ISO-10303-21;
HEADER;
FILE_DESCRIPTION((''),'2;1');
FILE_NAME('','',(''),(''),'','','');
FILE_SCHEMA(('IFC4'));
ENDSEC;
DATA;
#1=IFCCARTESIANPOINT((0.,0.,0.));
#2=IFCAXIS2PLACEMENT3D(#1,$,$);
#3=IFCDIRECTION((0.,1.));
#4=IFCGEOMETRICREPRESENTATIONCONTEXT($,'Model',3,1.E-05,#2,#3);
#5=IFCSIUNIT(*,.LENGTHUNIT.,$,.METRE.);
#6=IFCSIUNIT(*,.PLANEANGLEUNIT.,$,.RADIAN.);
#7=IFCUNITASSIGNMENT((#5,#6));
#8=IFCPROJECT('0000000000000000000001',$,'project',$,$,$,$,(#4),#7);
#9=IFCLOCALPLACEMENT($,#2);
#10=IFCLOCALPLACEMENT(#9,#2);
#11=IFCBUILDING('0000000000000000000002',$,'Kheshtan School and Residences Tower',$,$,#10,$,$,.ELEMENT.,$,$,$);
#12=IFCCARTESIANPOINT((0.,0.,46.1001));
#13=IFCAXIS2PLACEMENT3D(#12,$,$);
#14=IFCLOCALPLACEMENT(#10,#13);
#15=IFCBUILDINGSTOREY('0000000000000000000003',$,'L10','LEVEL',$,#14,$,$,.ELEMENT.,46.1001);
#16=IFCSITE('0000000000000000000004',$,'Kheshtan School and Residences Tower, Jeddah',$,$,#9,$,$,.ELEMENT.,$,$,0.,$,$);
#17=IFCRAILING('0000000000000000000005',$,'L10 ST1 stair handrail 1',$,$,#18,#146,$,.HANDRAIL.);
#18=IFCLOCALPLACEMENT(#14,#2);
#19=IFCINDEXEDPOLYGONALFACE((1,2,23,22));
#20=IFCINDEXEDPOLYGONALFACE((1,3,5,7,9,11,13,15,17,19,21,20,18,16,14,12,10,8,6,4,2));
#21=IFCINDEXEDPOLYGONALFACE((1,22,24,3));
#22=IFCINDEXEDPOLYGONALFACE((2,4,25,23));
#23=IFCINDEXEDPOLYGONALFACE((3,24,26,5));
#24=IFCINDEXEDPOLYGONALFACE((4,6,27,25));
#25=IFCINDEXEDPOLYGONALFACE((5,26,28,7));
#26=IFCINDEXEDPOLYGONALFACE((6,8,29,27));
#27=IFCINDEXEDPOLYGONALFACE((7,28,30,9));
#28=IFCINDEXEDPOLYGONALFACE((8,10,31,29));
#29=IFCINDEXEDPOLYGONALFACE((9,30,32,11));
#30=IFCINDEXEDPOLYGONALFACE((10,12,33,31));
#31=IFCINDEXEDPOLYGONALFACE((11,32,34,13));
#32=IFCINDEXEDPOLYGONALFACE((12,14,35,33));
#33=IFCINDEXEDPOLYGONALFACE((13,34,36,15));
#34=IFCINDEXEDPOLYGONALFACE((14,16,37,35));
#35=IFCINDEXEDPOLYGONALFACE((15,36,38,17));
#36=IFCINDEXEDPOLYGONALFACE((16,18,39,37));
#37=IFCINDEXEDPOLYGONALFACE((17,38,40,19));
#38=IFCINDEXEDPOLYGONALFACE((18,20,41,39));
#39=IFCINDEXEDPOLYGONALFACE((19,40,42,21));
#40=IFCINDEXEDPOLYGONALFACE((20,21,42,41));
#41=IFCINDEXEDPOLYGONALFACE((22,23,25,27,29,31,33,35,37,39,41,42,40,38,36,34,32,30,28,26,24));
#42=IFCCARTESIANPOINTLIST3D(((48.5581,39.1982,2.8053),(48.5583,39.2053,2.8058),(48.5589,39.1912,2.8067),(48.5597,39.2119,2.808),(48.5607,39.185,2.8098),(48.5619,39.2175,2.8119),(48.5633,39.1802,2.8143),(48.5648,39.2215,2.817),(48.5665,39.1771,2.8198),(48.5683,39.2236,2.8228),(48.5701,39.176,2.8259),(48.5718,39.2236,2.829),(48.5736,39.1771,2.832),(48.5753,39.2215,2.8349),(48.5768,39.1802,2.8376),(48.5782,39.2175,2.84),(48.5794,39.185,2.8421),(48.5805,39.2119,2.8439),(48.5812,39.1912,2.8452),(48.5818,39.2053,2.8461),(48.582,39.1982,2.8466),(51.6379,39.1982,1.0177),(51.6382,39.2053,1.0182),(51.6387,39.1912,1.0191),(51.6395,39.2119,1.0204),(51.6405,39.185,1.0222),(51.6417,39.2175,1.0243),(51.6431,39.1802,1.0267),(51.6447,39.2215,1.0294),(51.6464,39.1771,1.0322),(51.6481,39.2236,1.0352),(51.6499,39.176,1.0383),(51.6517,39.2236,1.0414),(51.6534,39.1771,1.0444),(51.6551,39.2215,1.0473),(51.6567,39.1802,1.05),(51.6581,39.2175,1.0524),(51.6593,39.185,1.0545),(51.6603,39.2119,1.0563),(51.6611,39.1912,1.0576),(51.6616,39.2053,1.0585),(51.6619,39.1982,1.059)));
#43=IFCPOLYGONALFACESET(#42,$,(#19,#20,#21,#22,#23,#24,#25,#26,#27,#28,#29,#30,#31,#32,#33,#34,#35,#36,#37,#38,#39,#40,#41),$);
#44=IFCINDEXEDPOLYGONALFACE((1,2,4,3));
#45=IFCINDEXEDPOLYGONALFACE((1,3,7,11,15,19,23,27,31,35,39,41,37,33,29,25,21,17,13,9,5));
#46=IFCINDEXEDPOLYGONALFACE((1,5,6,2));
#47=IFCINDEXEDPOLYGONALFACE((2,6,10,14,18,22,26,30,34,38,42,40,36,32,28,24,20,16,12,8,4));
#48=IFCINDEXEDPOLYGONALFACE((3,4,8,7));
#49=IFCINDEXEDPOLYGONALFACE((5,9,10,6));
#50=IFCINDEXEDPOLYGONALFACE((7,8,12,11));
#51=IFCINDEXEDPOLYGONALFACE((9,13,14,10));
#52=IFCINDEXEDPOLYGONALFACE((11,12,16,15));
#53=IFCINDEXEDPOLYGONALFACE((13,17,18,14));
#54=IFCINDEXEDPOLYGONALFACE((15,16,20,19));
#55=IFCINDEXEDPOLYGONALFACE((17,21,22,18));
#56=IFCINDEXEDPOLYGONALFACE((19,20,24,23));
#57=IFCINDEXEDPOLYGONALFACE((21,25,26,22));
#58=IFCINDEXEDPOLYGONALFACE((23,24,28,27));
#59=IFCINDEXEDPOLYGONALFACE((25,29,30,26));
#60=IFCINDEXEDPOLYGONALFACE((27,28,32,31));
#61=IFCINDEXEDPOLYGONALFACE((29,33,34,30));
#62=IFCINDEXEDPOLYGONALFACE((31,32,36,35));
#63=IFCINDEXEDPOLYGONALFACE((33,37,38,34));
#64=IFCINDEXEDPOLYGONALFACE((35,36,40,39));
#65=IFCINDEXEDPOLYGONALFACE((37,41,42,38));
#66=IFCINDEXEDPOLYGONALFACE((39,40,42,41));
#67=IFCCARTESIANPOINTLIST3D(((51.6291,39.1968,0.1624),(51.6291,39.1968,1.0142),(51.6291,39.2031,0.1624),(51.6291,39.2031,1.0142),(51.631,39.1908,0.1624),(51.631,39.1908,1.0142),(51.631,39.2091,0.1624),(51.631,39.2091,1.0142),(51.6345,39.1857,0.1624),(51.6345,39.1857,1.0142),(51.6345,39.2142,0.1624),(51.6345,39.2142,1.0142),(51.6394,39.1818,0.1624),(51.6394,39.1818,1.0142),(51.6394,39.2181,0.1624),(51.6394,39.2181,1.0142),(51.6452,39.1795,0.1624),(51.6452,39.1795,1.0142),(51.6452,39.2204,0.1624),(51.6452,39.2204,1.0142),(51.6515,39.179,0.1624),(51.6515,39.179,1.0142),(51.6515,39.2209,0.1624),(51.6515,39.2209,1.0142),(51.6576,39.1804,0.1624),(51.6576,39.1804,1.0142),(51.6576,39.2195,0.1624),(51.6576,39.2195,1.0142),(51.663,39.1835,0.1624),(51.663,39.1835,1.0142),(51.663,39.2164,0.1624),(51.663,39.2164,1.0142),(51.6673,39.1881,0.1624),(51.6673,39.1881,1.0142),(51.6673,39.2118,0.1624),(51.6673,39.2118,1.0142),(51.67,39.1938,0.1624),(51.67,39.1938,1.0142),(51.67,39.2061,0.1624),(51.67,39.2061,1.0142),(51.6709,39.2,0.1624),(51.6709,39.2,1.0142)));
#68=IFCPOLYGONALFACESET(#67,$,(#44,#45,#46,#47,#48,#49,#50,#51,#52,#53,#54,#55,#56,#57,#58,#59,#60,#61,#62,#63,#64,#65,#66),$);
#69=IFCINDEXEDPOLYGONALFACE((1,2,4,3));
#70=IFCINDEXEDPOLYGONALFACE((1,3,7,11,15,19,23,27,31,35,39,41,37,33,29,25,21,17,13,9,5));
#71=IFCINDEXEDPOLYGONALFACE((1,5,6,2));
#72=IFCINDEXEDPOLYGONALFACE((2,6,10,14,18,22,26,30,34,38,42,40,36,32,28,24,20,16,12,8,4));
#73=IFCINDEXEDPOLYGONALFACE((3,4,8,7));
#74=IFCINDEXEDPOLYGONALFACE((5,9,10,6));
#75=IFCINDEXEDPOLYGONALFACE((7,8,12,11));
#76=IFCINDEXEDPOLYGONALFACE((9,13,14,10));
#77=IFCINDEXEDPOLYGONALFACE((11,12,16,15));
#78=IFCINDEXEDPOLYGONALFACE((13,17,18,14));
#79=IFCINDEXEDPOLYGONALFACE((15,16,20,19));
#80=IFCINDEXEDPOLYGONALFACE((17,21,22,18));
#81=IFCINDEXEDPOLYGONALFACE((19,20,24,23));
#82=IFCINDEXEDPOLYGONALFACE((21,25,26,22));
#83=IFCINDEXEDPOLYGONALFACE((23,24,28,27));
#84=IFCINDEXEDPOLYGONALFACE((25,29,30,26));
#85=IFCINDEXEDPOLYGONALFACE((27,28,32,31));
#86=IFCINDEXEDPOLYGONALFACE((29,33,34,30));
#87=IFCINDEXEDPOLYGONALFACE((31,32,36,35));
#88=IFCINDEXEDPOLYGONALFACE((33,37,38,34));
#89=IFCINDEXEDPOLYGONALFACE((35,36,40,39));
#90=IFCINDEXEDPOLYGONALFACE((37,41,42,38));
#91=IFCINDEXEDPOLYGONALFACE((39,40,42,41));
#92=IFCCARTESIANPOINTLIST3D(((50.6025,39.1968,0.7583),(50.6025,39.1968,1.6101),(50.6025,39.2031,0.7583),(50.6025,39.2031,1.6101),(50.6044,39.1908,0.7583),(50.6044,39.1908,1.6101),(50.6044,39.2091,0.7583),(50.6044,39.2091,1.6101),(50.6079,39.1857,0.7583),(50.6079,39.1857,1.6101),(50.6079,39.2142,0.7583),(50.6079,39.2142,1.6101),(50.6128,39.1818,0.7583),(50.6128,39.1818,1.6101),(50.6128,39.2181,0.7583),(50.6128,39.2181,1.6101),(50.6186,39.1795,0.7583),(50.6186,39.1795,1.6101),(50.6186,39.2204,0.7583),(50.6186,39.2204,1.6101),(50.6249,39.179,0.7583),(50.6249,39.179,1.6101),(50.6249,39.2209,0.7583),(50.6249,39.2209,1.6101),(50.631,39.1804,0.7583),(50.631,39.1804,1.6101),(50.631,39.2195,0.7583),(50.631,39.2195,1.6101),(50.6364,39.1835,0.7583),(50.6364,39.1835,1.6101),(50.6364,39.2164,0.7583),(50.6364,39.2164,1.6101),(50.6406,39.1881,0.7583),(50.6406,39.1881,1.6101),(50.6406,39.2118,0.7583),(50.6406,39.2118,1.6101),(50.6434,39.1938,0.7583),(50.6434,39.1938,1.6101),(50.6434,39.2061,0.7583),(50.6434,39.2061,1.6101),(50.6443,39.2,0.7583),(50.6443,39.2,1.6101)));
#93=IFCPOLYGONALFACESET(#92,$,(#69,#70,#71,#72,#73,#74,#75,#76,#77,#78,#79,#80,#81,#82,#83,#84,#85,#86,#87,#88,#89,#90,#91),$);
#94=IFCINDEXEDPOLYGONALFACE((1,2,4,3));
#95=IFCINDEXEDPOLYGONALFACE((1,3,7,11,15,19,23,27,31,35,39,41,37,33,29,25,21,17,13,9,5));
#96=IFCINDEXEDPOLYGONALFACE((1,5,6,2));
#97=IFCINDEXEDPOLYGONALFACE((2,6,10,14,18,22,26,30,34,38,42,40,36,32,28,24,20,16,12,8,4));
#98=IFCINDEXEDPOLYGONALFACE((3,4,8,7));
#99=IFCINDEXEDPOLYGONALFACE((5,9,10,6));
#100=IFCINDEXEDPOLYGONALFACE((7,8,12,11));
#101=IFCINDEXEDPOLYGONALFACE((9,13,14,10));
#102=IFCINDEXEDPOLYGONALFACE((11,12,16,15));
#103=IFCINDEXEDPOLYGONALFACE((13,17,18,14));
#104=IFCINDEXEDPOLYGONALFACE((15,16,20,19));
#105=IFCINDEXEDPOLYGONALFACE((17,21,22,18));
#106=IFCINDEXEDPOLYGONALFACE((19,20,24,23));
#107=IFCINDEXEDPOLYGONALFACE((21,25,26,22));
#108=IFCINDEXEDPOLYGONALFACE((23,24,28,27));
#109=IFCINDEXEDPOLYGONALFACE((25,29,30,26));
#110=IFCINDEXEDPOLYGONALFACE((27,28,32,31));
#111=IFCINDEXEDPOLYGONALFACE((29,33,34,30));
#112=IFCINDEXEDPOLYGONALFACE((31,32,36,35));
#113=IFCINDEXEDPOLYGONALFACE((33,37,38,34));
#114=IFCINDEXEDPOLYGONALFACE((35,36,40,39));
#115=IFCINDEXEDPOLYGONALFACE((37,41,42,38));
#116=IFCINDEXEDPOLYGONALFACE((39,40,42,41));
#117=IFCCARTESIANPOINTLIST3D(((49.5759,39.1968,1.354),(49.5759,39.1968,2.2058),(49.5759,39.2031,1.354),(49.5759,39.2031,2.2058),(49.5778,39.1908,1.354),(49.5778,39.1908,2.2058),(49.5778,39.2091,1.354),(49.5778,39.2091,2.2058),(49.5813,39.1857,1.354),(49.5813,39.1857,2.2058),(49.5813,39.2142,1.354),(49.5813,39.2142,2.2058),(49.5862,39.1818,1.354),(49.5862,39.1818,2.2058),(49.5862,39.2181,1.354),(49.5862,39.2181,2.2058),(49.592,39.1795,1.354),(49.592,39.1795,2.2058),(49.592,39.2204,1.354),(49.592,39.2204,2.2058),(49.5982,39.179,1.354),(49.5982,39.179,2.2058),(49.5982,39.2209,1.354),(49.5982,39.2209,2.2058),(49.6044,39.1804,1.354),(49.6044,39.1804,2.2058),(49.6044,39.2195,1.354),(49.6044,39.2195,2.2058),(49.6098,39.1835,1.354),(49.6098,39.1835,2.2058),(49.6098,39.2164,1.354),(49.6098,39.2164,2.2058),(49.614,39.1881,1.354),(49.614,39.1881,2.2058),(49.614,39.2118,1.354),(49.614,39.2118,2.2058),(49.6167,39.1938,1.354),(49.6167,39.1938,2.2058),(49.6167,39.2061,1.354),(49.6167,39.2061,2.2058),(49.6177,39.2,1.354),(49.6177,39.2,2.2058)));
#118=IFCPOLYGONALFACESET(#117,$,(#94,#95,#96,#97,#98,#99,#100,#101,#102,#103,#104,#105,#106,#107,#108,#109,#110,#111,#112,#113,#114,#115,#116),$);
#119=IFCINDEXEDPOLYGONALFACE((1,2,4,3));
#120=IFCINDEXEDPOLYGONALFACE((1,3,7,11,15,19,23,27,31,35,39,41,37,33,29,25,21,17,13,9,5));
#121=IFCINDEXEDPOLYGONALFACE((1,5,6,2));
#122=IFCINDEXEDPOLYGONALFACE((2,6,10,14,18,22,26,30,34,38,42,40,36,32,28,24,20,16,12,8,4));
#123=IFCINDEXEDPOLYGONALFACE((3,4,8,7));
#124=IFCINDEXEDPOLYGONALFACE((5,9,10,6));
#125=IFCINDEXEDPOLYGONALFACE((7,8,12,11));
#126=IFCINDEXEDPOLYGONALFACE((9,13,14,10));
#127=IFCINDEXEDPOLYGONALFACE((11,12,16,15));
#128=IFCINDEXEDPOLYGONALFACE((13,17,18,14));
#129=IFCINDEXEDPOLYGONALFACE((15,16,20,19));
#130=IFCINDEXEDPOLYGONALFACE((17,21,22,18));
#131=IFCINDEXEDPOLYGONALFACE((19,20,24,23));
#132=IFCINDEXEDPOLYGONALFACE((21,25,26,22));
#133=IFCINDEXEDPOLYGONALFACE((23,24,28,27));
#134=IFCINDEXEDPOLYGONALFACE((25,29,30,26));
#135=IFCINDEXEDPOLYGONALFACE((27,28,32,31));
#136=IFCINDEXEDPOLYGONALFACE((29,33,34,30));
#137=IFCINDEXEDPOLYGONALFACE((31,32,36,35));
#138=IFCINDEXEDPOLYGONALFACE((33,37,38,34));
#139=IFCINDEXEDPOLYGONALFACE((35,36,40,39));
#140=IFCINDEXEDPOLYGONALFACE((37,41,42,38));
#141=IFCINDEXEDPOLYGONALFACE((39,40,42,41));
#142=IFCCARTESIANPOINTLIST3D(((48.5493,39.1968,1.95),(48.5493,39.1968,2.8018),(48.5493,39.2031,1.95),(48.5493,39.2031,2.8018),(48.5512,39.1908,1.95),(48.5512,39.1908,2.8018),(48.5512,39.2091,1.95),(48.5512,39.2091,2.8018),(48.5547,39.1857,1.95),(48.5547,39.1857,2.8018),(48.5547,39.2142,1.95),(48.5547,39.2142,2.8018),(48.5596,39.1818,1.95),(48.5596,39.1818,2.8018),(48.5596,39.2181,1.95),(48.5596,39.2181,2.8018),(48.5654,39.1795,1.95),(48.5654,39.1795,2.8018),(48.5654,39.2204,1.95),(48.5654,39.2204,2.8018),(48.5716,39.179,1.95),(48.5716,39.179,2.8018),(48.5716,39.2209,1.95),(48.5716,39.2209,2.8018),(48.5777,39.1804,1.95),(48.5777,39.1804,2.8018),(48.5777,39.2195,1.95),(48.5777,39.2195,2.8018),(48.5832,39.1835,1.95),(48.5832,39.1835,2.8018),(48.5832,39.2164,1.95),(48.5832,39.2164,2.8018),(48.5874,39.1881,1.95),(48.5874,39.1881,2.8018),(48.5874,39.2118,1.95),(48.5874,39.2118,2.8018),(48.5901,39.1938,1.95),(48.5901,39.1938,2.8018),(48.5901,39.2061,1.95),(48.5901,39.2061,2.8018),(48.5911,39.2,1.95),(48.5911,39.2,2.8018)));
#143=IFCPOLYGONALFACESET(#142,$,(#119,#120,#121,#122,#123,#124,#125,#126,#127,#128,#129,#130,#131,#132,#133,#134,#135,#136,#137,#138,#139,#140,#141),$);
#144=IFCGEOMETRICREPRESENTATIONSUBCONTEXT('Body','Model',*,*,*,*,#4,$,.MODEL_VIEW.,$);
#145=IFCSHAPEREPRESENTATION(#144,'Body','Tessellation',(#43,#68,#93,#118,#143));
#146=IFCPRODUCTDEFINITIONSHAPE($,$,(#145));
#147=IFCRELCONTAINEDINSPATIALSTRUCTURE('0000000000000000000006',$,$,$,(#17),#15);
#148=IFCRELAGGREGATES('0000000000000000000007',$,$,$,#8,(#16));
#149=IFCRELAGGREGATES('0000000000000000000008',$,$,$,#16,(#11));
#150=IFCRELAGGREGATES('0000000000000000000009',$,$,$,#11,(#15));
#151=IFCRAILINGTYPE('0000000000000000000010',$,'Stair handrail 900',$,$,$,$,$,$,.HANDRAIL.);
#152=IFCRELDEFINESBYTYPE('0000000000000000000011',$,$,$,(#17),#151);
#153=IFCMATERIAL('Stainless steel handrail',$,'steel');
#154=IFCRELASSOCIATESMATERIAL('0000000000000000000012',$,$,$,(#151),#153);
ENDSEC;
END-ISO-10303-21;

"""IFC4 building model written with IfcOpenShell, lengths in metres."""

from ifc_helpers import new_model, si_unit, direction, frame, origin, origin_2d, place, context, subcontext, project, spatial, circle, extrude, material, type_object, element, save


model = new_model("IFC4")

# Units and contexts
model_context = context("Model", 3, precision=1e-05, world=origin(), true_north=direction((0.0, 1.0)))
body_context = subcontext(model_context, "Body", "Model", "MODEL_VIEW")
ifc_project = project(units=[si_unit("LENGTHUNIT", "METRE"), si_unit("PLANEANGLEUNIT", "RADIAN")], contexts=[model_context])

# Site, building, storey
site_placement = place(None, origin())
site = spatial("IfcSite", under=ifc_project, at=site_placement, Name="Kheshtan School and Residences Tower, Jeddah", CompositionType="ELEMENT", RefElevation=0.0)
building_placement = place(site_placement, origin())
building = spatial("IfcBuilding", under=site, at=building_placement, Name="Kheshtan School and Residences Tower", CompositionType="ELEMENT")
storey_placement = place(building_placement, frame((0.0, 0.0, 46.1001)))
storey = spatial("IfcBuildingStorey", under=building, at=storey_placement, Name="L10", Description="LEVEL", CompositionType="ELEMENT", Elevation=46.1001)

# Railing
ifc_material_1 = material(Name="Stainless steel handrail", Category="steel")
railing_type_1 = type_object("IfcRailingType", Name="Stair handrail 900", PredefinedType="HANDRAIL", material=ifc_material_1)
railing_1_placement = place(storey_placement, frame((51.6499, 39.2, 0.1624)))
element("IfcRailing", 1, at=railing_1_placement, inside=storey, type_object=railing_type_1, Name="L10 ST1 stair handrail 1", PredefinedType="HANDRAIL", context=body_context, shape_type="SweptSolid", body=[
    extrude(circle(Radius=0.0239, at=origin_2d()), frame((0.0, 0.0, 0.876), z_axis=(-0.864873, 0.0, 0.50199), x_axis=(0.0, -1.0, 0.0)), (0.0, 0.0, 1.0), 3.561),
    extrude(circle(Radius=0.021, at=origin_2d()), origin(), (0.0, 0.0, 1.0), 0.8518),
    extrude(circle(Radius=0.021, at=origin_2d()), frame((-1.0266, 0.0, 0.5959)), (0.0, 0.0, 1.0), 0.8518),
    extrude(circle(Radius=0.021, at=origin_2d()), frame((-2.0532, 0.0, 1.1917)), (0.0, 0.0, 1.0), 0.8518),
    extrude(circle(Radius=0.021, at=origin_2d()), frame((-3.0798, 0.0, 1.7876)), (0.0, 0.0, 1.0), 0.8518),
])

save(model, "model.ifc")
